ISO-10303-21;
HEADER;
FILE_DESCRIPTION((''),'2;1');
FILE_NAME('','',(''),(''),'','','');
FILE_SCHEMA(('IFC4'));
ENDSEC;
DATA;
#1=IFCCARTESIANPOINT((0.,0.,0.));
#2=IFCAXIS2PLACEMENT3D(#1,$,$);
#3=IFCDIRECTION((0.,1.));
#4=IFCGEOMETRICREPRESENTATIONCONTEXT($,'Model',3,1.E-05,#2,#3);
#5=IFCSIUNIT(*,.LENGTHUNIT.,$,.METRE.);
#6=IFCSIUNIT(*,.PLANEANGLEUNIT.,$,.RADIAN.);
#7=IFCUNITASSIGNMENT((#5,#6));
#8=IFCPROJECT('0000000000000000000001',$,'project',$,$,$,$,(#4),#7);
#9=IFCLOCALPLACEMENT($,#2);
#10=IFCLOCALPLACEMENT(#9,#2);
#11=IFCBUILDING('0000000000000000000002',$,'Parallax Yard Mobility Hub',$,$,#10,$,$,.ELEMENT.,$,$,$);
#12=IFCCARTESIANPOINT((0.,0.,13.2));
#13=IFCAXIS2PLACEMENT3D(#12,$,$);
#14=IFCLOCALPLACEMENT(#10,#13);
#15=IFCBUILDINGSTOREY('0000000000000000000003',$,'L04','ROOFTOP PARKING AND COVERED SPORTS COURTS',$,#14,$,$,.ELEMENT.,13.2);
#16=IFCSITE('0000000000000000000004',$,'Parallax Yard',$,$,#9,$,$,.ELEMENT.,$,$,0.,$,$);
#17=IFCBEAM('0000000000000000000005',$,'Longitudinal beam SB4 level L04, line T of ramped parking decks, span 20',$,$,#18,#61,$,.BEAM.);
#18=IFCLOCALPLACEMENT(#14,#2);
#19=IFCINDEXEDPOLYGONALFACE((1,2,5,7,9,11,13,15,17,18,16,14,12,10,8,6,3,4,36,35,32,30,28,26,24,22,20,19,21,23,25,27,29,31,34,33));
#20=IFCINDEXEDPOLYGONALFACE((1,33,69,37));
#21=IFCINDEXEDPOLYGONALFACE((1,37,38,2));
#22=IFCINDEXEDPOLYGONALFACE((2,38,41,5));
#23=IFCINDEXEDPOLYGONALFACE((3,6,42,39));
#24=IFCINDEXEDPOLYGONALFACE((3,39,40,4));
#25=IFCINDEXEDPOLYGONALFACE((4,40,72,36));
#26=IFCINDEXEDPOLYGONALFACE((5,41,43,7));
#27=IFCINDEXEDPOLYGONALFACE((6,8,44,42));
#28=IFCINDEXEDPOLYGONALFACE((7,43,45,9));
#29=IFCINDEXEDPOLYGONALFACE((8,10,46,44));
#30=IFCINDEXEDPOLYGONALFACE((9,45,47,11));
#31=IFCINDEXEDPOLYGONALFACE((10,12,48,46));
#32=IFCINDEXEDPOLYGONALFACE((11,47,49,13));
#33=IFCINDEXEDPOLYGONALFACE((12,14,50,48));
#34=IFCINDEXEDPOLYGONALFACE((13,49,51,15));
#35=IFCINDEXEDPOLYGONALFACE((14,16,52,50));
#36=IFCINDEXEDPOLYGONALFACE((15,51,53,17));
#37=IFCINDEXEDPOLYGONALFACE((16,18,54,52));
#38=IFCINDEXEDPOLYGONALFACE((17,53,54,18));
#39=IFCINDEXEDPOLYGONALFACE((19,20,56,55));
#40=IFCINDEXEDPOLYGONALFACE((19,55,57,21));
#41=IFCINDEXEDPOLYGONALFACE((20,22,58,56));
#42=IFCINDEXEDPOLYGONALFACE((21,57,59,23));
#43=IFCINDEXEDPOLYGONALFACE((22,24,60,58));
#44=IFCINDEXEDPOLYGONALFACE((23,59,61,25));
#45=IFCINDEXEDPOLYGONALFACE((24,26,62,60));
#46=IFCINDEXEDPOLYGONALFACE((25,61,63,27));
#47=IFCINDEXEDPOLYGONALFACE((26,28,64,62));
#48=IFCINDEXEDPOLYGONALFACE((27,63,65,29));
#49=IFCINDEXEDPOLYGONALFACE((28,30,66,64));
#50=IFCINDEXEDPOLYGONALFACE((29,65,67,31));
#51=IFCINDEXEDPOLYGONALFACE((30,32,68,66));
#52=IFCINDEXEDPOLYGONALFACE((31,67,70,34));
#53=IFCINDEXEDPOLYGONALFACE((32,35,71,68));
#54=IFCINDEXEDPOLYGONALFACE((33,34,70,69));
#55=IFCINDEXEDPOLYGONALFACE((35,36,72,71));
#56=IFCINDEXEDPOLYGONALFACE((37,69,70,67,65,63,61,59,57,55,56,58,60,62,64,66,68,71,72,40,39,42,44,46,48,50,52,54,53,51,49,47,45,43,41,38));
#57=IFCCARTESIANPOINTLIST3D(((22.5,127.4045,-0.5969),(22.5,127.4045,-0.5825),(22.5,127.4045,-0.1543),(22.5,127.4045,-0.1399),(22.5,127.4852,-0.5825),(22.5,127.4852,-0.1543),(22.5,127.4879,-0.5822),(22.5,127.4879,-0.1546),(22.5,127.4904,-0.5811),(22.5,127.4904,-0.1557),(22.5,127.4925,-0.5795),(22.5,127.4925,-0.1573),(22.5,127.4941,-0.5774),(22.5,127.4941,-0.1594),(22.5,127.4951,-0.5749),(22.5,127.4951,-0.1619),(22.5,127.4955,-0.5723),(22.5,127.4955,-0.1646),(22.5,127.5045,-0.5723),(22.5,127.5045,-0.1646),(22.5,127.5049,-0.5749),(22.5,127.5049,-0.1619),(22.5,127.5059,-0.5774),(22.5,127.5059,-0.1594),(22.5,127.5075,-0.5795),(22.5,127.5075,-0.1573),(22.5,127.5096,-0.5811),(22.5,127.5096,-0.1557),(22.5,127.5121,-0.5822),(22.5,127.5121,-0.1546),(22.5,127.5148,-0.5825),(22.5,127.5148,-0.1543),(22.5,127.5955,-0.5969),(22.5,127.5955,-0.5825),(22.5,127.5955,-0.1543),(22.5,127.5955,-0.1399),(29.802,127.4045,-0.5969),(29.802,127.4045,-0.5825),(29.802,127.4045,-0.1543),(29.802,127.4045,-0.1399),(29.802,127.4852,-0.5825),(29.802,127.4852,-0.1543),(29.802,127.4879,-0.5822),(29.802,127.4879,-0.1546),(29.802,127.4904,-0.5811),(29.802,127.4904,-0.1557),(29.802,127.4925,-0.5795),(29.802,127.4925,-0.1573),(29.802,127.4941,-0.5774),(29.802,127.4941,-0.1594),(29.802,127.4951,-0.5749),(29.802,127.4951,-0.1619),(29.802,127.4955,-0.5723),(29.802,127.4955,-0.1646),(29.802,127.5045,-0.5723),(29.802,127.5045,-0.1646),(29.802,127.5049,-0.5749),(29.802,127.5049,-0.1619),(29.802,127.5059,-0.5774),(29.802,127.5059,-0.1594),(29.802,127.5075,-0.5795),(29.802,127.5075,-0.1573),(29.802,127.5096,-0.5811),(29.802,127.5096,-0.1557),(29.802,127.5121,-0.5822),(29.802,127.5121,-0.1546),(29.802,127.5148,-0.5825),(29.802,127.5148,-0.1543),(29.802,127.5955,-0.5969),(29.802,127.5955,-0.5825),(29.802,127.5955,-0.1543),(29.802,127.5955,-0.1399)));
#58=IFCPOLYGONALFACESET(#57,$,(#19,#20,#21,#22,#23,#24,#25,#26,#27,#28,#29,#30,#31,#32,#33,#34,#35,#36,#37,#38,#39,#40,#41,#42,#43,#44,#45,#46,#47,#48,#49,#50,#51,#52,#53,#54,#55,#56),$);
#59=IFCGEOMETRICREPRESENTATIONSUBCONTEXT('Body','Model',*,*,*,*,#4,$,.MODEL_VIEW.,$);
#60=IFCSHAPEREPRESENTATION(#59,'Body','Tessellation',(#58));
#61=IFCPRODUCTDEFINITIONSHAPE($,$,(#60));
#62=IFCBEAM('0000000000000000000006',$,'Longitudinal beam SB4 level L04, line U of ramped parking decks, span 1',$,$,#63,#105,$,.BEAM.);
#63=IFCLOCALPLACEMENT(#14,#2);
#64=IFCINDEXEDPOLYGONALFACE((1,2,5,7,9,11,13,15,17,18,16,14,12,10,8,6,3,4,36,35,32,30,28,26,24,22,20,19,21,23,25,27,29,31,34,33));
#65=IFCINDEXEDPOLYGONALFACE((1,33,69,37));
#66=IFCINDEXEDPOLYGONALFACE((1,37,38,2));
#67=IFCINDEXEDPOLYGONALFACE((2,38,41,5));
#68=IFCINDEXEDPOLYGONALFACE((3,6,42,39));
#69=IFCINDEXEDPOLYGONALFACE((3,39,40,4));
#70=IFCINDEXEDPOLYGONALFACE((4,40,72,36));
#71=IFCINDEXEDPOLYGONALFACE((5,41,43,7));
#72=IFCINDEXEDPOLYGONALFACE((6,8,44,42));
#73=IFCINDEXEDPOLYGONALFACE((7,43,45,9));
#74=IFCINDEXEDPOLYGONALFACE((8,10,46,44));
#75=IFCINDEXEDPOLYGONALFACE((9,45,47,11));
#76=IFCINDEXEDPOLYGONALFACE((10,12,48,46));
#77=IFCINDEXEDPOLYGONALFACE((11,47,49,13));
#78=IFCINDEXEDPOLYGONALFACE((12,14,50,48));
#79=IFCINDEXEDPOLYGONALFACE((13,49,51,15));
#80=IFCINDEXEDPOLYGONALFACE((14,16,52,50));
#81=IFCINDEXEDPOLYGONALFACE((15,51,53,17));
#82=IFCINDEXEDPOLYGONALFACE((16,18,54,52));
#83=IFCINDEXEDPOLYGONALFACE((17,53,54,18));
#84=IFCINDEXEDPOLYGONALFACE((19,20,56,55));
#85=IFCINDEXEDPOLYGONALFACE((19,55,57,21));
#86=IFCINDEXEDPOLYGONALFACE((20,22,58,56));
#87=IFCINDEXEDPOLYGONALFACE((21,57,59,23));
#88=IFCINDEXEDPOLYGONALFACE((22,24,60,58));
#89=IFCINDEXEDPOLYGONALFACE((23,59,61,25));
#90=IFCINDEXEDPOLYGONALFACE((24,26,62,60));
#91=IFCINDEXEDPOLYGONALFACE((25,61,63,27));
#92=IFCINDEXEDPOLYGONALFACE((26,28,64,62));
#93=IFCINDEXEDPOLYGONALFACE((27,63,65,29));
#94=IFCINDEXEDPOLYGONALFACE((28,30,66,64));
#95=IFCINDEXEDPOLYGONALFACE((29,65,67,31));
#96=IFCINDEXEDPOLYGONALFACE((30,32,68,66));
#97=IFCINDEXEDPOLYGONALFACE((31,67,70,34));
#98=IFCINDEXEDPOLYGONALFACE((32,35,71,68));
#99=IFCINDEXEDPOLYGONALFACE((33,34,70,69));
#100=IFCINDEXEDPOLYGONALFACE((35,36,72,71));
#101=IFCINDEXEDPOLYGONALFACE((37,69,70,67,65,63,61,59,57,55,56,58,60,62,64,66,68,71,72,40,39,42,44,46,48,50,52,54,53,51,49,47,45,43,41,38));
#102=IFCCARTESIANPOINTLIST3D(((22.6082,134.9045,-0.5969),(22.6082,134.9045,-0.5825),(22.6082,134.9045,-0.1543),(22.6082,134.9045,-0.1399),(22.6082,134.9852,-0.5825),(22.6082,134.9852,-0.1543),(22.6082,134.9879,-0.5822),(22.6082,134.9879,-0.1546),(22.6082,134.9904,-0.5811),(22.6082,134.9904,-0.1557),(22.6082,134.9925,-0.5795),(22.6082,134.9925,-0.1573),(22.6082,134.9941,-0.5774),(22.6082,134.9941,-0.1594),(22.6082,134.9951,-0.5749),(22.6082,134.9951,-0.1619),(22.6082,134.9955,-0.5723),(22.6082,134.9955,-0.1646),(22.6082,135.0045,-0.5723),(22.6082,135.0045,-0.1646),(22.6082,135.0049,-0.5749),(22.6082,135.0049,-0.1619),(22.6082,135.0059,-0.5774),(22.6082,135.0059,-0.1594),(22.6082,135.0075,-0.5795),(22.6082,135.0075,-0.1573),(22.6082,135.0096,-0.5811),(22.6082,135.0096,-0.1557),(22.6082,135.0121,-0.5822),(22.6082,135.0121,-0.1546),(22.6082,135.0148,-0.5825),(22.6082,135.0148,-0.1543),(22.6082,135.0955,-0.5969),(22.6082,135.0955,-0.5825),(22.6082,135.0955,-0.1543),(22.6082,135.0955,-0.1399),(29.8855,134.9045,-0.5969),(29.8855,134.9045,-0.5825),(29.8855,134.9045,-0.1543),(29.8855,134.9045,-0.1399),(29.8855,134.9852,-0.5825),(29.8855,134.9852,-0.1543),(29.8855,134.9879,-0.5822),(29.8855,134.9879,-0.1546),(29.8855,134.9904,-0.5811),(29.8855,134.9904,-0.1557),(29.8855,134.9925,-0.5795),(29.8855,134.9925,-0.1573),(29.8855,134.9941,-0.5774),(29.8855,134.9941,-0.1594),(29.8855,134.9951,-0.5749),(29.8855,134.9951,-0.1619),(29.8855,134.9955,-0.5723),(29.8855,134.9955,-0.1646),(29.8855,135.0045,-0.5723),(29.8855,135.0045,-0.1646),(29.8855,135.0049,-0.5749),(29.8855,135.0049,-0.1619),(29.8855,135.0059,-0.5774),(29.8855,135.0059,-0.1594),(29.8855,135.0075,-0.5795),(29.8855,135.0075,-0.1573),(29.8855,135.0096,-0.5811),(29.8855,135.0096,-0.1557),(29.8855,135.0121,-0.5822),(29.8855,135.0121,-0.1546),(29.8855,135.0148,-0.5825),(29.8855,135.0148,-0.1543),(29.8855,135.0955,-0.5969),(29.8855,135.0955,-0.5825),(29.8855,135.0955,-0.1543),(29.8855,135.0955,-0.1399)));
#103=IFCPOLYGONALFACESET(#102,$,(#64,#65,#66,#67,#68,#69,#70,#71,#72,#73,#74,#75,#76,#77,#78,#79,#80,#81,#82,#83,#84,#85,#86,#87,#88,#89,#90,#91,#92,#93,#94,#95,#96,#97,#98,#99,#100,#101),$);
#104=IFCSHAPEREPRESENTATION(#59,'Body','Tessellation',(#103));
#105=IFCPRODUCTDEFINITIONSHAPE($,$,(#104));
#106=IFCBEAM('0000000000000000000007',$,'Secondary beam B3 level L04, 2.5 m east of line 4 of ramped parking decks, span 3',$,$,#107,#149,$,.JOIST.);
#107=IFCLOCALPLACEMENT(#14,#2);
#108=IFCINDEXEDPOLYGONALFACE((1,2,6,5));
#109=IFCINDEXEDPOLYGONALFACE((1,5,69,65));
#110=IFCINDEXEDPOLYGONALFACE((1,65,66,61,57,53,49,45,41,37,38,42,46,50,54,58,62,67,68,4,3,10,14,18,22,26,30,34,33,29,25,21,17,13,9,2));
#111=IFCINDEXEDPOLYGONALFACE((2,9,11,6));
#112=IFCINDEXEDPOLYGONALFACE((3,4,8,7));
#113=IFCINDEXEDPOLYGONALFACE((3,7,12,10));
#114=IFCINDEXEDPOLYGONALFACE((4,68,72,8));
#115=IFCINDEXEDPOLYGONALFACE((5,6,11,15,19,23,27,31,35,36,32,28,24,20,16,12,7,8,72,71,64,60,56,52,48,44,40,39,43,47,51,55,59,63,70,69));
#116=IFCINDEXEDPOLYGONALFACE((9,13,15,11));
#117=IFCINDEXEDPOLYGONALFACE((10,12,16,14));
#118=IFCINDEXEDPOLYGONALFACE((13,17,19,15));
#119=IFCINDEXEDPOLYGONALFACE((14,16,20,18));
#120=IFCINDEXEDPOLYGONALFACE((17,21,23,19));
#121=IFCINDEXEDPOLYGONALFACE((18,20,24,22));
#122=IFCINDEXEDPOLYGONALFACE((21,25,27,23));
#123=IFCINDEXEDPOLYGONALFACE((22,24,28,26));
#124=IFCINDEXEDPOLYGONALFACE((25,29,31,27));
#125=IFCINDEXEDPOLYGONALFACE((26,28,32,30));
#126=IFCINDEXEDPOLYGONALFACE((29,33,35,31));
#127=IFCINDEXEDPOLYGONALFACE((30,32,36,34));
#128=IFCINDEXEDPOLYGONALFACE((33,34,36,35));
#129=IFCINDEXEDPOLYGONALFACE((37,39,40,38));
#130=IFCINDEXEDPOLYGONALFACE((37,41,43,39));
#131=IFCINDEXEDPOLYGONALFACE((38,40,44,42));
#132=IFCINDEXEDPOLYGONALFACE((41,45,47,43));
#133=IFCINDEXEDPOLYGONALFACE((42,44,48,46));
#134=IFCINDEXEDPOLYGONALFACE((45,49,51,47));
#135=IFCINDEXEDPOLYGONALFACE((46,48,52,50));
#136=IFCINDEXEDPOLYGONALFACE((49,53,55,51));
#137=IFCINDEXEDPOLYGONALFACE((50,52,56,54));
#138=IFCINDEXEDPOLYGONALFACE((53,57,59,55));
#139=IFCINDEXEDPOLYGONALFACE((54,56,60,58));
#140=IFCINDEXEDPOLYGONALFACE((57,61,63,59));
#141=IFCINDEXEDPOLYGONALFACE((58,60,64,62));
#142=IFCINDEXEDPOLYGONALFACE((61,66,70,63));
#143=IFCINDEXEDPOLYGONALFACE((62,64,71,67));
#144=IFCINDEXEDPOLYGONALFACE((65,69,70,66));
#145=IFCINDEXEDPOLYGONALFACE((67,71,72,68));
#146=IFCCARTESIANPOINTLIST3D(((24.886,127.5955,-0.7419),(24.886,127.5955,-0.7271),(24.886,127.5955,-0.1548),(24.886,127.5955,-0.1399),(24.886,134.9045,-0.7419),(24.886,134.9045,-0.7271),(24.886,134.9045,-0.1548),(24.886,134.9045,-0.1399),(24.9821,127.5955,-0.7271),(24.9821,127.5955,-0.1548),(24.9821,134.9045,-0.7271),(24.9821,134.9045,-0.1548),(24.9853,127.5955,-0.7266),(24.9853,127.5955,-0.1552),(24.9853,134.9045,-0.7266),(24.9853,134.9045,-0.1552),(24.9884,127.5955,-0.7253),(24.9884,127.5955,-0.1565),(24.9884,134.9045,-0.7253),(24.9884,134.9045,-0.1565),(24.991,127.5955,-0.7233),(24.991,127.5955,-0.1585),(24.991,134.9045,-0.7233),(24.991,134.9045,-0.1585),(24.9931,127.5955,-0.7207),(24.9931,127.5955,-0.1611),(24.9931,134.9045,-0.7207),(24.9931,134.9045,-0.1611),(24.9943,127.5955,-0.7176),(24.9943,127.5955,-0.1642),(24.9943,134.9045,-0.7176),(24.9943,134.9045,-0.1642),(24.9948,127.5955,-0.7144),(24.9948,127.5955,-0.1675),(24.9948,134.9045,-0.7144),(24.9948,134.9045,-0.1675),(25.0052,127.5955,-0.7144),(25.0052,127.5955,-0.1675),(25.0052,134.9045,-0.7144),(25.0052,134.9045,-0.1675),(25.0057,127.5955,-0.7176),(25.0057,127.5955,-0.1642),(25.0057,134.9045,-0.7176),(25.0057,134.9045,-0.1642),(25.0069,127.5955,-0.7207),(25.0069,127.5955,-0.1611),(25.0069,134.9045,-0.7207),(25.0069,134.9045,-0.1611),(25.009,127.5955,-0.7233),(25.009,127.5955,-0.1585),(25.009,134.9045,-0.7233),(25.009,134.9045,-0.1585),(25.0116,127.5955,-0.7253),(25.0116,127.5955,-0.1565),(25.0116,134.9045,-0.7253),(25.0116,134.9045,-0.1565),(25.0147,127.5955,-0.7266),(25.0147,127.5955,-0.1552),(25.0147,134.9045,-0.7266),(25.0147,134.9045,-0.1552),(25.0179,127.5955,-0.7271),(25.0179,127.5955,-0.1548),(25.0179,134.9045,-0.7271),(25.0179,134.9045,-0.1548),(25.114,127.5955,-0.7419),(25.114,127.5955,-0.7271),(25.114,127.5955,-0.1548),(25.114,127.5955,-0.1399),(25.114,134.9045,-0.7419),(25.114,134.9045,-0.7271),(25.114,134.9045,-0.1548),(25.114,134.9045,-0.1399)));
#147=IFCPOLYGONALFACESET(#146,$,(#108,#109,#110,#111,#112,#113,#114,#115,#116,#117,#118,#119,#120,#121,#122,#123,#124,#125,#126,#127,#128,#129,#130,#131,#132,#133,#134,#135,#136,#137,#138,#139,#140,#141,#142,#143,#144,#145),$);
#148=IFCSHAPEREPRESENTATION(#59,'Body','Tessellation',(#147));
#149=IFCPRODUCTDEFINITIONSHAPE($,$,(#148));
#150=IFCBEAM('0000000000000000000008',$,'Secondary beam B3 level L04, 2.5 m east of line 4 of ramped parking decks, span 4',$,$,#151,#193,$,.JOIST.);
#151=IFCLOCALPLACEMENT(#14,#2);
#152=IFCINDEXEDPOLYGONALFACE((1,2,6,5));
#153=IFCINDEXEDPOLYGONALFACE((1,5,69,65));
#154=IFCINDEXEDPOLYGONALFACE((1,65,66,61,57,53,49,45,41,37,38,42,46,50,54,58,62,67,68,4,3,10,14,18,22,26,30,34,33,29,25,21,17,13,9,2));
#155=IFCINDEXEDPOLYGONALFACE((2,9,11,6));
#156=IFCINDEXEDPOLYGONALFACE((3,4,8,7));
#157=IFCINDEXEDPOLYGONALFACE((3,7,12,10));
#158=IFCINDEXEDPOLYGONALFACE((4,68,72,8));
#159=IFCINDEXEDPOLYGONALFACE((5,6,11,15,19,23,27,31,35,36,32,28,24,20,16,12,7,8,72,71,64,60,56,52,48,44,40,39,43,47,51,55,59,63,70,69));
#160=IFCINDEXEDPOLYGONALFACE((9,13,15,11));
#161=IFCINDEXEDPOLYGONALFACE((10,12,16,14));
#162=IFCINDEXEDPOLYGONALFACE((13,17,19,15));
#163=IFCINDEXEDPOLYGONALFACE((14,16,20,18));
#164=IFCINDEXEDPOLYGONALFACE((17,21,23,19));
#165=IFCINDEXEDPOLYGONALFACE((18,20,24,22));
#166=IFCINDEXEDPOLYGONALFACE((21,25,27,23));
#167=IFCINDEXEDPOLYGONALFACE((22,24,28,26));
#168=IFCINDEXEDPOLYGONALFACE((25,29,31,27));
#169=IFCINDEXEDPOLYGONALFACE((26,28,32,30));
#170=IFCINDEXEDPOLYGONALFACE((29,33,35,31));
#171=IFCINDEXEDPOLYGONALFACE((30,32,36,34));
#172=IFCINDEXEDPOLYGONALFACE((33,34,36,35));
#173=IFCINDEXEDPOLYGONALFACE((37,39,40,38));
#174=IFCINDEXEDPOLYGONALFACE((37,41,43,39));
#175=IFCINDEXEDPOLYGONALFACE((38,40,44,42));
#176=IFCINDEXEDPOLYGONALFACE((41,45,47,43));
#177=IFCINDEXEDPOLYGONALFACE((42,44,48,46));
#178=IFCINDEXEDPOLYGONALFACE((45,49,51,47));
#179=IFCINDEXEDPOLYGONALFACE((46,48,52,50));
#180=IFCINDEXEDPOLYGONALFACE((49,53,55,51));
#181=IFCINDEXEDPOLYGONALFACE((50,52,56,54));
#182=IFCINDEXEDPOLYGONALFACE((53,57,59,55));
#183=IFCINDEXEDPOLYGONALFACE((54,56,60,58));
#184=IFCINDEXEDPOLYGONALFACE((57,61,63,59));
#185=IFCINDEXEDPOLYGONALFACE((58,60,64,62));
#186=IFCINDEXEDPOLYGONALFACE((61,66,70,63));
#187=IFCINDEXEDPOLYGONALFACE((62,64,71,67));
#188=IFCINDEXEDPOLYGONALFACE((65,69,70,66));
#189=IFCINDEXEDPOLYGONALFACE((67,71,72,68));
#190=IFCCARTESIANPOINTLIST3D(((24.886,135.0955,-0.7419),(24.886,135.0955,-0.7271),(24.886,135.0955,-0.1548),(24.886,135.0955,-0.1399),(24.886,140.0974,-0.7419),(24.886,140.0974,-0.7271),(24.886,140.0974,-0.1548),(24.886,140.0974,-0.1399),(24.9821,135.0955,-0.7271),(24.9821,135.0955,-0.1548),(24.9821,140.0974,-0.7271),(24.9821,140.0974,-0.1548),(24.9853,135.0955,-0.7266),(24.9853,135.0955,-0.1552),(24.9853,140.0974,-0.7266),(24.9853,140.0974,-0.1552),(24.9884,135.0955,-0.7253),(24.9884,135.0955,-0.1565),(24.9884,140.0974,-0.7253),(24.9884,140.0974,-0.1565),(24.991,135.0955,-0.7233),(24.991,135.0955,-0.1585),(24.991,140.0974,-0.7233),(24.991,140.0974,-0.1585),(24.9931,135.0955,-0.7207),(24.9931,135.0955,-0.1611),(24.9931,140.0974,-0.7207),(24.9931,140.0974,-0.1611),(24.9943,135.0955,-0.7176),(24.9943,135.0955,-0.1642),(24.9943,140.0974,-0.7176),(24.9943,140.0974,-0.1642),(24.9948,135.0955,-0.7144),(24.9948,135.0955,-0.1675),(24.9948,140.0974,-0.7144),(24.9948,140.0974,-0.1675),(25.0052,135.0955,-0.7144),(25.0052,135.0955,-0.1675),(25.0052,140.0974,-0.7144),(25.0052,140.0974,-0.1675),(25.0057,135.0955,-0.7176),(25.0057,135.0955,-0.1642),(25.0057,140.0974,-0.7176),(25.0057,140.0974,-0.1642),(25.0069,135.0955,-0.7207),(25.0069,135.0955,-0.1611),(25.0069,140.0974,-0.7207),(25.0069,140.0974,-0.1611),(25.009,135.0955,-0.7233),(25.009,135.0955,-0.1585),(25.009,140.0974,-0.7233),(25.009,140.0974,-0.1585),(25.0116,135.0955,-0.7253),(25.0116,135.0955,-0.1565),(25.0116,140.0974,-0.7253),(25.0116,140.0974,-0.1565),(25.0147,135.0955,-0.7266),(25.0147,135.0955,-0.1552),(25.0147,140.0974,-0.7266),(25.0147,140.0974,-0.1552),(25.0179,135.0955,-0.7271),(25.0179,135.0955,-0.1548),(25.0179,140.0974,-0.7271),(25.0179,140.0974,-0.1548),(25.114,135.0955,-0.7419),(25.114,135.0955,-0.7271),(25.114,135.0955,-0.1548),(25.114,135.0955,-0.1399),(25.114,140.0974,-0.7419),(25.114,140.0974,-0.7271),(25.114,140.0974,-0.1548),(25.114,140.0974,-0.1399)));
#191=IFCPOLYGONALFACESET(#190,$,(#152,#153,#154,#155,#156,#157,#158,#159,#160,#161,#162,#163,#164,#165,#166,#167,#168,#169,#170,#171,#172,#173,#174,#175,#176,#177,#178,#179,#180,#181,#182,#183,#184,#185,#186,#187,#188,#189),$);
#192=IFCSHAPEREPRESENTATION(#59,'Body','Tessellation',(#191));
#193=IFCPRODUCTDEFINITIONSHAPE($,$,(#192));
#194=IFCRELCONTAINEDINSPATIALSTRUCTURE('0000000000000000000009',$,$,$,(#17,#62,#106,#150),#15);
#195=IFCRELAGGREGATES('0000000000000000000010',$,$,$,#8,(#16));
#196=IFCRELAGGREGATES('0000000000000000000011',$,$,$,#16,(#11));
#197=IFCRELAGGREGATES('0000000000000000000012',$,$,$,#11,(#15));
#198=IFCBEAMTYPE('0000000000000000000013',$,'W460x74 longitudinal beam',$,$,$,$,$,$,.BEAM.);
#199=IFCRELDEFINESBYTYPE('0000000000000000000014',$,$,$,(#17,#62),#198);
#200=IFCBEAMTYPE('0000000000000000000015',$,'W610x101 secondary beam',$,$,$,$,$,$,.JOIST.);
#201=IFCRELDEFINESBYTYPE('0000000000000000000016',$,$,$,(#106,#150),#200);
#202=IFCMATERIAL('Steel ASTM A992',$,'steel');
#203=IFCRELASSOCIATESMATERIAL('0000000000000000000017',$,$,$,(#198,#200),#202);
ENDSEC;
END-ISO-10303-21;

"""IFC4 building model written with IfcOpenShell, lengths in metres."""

from ifc_helpers import new_model, si_unit, direction, frame, origin, origin_2d, place, context, subcontext, project, spatial, i_section, extrude, material, material_profile, profile_set, type_object, element, save


model = new_model("IFC4")

# Units and contexts
model_context = context("Model", 3, precision=1e-05, world=origin(), true_north=direction((0.0, 1.0)))
body_context = subcontext(model_context, "Body", "Model", "MODEL_VIEW")
ifc_project = project(units=[si_unit("LENGTHUNIT", "METRE"), si_unit("PLANEANGLEUNIT", "RADIAN")], contexts=[model_context])

# Site, building, storey
site_placement = place(None, origin())
site = spatial("IfcSite", under=ifc_project, at=site_placement, Name="Parallax Yard", CompositionType="ELEMENT", RefElevation=0.0)
building_placement = place(site_placement, origin())
building = spatial("IfcBuilding", under=site, at=building_placement, Name="Parallax Yard Mobility Hub", CompositionType="ELEMENT")
storey_placement = place(building_placement, frame((0.0, 0.0, 13.2)))
storey = spatial("IfcBuildingStorey", under=building, at=storey_placement, Name="L04", Description="ROOFTOP PARKING AND COVERED SPORTS COURTS", CompositionType="ELEMENT", Elevation=13.2)

# Beams
ifc_material_1 = material(Name="Steel ASTM A992", Category="steel")
ifc_material_profile_1 = material_profile(ifc_material_1, i_section(OverallWidth=0.1909, OverallDepth=0.457, WebThickness=0.009, FlangeThickness=0.0144, FilletRadius=0.0103, at=origin_2d()), Name="W460x74")
ifc_profile_set_1 = profile_set([ifc_material_profile_1], Name="Steel ASTM A992")
beam_type_1 = type_object("IfcBeamType", Name="W460x74 longitudinal beam", PredefinedType="BEAM", material=ifc_profile_set_1)
beam_1_placement = place(storey_placement, frame((22.5, 127.5, -0.3684), z_axis=(1.0, 0.0, 0.0), x_axis=(0.0, 1.0, 0.0)))
element("IfcBeam", 1, at=beam_1_placement, inside=storey, type_object=beam_type_1, Name="Longitudinal beam SB4 level L04, line T of ramped parking decks, span 20", PredefinedType="BEAM", context=body_context, shape_type="SweptSolid", body=[
    extrude(i_section(OverallWidth=0.1909, OverallDepth=0.457, WebThickness=0.009, FlangeThickness=0.0144, FilletRadius=0.0103, at=origin_2d()), origin(), (0.0, 0.0, 1.0), 7.302),
])
beam_2_placement = place(storey_placement, frame((22.6082, 135.0, -0.3684), z_axis=(1.0, 0.0, 0.0), x_axis=(0.0, 1.0, 0.0)))
element("IfcBeam", 2, at=beam_2_placement, inside=storey, type_object=beam_type_1, Name="Longitudinal beam SB4 level L04, line U of ramped parking decks, span 1", PredefinedType="BEAM", context=body_context, shape_type="SweptSolid", body=[
    extrude(i_section(OverallWidth=0.1909, OverallDepth=0.457, WebThickness=0.009, FlangeThickness=0.0144, FilletRadius=0.0103, at=origin_2d()), origin(), (0.0, 0.0, 1.0), 7.2773),
])
ifc_material_profile_2 = material_profile(ifc_material_1, i_section(OverallWidth=0.228, OverallDepth=0.6021, WebThickness=0.0105, FlangeThickness=0.0149, FilletRadius=0.0127, at=origin_2d()), Name="W610x101")
ifc_profile_set_2 = profile_set([ifc_material_profile_2], Name="Steel ASTM A992")
beam_type_2 = type_object("IfcBeamType", Name="W610x101 secondary beam", PredefinedType="JOIST", material=ifc_profile_set_2)
beam_3_placement = place(storey_placement, frame((25.0, 127.5955, -0.4409), z_axis=(0.0, 1.0, 0.0), x_axis=(-1.0, 0.0, 0.0)))
element("IfcBeam", 3, at=beam_3_placement, inside=storey, type_object=beam_type_2, Name="Secondary beam B3 level L04, 2.5 m east of line 4 of ramped parking decks, span 3", PredefinedType="JOIST", context=body_context, shape_type="SweptSolid", body=[
    extrude(i_section(OverallWidth=0.228, OverallDepth=0.6021, WebThickness=0.0105, FlangeThickness=0.0149, FilletRadius=0.0127, at=origin_2d()), origin(), (0.0, 0.0, 1.0), 7.3091),
])
beam_4_placement = place(storey_placement, frame((25.0, 135.0955, -0.4409), z_axis=(0.0, 1.0, 0.0), x_axis=(-1.0, 0.0, 0.0)))
element("IfcBeam", 4, at=beam_4_placement, inside=storey, type_object=beam_type_2, Name="Secondary beam B3 level L04, 2.5 m east of line 4 of ramped parking decks, span 4", PredefinedType="JOIST", context=body_context, shape_type="SweptSolid", body=[
    extrude(i_section(OverallWidth=0.228, OverallDepth=0.6021, WebThickness=0.0105, FlangeThickness=0.0149, FilletRadius=0.0127, at=origin_2d()), origin(), (0.0, 0.0, 1.0), 5.002),
])

save(model, "model.ifc")
